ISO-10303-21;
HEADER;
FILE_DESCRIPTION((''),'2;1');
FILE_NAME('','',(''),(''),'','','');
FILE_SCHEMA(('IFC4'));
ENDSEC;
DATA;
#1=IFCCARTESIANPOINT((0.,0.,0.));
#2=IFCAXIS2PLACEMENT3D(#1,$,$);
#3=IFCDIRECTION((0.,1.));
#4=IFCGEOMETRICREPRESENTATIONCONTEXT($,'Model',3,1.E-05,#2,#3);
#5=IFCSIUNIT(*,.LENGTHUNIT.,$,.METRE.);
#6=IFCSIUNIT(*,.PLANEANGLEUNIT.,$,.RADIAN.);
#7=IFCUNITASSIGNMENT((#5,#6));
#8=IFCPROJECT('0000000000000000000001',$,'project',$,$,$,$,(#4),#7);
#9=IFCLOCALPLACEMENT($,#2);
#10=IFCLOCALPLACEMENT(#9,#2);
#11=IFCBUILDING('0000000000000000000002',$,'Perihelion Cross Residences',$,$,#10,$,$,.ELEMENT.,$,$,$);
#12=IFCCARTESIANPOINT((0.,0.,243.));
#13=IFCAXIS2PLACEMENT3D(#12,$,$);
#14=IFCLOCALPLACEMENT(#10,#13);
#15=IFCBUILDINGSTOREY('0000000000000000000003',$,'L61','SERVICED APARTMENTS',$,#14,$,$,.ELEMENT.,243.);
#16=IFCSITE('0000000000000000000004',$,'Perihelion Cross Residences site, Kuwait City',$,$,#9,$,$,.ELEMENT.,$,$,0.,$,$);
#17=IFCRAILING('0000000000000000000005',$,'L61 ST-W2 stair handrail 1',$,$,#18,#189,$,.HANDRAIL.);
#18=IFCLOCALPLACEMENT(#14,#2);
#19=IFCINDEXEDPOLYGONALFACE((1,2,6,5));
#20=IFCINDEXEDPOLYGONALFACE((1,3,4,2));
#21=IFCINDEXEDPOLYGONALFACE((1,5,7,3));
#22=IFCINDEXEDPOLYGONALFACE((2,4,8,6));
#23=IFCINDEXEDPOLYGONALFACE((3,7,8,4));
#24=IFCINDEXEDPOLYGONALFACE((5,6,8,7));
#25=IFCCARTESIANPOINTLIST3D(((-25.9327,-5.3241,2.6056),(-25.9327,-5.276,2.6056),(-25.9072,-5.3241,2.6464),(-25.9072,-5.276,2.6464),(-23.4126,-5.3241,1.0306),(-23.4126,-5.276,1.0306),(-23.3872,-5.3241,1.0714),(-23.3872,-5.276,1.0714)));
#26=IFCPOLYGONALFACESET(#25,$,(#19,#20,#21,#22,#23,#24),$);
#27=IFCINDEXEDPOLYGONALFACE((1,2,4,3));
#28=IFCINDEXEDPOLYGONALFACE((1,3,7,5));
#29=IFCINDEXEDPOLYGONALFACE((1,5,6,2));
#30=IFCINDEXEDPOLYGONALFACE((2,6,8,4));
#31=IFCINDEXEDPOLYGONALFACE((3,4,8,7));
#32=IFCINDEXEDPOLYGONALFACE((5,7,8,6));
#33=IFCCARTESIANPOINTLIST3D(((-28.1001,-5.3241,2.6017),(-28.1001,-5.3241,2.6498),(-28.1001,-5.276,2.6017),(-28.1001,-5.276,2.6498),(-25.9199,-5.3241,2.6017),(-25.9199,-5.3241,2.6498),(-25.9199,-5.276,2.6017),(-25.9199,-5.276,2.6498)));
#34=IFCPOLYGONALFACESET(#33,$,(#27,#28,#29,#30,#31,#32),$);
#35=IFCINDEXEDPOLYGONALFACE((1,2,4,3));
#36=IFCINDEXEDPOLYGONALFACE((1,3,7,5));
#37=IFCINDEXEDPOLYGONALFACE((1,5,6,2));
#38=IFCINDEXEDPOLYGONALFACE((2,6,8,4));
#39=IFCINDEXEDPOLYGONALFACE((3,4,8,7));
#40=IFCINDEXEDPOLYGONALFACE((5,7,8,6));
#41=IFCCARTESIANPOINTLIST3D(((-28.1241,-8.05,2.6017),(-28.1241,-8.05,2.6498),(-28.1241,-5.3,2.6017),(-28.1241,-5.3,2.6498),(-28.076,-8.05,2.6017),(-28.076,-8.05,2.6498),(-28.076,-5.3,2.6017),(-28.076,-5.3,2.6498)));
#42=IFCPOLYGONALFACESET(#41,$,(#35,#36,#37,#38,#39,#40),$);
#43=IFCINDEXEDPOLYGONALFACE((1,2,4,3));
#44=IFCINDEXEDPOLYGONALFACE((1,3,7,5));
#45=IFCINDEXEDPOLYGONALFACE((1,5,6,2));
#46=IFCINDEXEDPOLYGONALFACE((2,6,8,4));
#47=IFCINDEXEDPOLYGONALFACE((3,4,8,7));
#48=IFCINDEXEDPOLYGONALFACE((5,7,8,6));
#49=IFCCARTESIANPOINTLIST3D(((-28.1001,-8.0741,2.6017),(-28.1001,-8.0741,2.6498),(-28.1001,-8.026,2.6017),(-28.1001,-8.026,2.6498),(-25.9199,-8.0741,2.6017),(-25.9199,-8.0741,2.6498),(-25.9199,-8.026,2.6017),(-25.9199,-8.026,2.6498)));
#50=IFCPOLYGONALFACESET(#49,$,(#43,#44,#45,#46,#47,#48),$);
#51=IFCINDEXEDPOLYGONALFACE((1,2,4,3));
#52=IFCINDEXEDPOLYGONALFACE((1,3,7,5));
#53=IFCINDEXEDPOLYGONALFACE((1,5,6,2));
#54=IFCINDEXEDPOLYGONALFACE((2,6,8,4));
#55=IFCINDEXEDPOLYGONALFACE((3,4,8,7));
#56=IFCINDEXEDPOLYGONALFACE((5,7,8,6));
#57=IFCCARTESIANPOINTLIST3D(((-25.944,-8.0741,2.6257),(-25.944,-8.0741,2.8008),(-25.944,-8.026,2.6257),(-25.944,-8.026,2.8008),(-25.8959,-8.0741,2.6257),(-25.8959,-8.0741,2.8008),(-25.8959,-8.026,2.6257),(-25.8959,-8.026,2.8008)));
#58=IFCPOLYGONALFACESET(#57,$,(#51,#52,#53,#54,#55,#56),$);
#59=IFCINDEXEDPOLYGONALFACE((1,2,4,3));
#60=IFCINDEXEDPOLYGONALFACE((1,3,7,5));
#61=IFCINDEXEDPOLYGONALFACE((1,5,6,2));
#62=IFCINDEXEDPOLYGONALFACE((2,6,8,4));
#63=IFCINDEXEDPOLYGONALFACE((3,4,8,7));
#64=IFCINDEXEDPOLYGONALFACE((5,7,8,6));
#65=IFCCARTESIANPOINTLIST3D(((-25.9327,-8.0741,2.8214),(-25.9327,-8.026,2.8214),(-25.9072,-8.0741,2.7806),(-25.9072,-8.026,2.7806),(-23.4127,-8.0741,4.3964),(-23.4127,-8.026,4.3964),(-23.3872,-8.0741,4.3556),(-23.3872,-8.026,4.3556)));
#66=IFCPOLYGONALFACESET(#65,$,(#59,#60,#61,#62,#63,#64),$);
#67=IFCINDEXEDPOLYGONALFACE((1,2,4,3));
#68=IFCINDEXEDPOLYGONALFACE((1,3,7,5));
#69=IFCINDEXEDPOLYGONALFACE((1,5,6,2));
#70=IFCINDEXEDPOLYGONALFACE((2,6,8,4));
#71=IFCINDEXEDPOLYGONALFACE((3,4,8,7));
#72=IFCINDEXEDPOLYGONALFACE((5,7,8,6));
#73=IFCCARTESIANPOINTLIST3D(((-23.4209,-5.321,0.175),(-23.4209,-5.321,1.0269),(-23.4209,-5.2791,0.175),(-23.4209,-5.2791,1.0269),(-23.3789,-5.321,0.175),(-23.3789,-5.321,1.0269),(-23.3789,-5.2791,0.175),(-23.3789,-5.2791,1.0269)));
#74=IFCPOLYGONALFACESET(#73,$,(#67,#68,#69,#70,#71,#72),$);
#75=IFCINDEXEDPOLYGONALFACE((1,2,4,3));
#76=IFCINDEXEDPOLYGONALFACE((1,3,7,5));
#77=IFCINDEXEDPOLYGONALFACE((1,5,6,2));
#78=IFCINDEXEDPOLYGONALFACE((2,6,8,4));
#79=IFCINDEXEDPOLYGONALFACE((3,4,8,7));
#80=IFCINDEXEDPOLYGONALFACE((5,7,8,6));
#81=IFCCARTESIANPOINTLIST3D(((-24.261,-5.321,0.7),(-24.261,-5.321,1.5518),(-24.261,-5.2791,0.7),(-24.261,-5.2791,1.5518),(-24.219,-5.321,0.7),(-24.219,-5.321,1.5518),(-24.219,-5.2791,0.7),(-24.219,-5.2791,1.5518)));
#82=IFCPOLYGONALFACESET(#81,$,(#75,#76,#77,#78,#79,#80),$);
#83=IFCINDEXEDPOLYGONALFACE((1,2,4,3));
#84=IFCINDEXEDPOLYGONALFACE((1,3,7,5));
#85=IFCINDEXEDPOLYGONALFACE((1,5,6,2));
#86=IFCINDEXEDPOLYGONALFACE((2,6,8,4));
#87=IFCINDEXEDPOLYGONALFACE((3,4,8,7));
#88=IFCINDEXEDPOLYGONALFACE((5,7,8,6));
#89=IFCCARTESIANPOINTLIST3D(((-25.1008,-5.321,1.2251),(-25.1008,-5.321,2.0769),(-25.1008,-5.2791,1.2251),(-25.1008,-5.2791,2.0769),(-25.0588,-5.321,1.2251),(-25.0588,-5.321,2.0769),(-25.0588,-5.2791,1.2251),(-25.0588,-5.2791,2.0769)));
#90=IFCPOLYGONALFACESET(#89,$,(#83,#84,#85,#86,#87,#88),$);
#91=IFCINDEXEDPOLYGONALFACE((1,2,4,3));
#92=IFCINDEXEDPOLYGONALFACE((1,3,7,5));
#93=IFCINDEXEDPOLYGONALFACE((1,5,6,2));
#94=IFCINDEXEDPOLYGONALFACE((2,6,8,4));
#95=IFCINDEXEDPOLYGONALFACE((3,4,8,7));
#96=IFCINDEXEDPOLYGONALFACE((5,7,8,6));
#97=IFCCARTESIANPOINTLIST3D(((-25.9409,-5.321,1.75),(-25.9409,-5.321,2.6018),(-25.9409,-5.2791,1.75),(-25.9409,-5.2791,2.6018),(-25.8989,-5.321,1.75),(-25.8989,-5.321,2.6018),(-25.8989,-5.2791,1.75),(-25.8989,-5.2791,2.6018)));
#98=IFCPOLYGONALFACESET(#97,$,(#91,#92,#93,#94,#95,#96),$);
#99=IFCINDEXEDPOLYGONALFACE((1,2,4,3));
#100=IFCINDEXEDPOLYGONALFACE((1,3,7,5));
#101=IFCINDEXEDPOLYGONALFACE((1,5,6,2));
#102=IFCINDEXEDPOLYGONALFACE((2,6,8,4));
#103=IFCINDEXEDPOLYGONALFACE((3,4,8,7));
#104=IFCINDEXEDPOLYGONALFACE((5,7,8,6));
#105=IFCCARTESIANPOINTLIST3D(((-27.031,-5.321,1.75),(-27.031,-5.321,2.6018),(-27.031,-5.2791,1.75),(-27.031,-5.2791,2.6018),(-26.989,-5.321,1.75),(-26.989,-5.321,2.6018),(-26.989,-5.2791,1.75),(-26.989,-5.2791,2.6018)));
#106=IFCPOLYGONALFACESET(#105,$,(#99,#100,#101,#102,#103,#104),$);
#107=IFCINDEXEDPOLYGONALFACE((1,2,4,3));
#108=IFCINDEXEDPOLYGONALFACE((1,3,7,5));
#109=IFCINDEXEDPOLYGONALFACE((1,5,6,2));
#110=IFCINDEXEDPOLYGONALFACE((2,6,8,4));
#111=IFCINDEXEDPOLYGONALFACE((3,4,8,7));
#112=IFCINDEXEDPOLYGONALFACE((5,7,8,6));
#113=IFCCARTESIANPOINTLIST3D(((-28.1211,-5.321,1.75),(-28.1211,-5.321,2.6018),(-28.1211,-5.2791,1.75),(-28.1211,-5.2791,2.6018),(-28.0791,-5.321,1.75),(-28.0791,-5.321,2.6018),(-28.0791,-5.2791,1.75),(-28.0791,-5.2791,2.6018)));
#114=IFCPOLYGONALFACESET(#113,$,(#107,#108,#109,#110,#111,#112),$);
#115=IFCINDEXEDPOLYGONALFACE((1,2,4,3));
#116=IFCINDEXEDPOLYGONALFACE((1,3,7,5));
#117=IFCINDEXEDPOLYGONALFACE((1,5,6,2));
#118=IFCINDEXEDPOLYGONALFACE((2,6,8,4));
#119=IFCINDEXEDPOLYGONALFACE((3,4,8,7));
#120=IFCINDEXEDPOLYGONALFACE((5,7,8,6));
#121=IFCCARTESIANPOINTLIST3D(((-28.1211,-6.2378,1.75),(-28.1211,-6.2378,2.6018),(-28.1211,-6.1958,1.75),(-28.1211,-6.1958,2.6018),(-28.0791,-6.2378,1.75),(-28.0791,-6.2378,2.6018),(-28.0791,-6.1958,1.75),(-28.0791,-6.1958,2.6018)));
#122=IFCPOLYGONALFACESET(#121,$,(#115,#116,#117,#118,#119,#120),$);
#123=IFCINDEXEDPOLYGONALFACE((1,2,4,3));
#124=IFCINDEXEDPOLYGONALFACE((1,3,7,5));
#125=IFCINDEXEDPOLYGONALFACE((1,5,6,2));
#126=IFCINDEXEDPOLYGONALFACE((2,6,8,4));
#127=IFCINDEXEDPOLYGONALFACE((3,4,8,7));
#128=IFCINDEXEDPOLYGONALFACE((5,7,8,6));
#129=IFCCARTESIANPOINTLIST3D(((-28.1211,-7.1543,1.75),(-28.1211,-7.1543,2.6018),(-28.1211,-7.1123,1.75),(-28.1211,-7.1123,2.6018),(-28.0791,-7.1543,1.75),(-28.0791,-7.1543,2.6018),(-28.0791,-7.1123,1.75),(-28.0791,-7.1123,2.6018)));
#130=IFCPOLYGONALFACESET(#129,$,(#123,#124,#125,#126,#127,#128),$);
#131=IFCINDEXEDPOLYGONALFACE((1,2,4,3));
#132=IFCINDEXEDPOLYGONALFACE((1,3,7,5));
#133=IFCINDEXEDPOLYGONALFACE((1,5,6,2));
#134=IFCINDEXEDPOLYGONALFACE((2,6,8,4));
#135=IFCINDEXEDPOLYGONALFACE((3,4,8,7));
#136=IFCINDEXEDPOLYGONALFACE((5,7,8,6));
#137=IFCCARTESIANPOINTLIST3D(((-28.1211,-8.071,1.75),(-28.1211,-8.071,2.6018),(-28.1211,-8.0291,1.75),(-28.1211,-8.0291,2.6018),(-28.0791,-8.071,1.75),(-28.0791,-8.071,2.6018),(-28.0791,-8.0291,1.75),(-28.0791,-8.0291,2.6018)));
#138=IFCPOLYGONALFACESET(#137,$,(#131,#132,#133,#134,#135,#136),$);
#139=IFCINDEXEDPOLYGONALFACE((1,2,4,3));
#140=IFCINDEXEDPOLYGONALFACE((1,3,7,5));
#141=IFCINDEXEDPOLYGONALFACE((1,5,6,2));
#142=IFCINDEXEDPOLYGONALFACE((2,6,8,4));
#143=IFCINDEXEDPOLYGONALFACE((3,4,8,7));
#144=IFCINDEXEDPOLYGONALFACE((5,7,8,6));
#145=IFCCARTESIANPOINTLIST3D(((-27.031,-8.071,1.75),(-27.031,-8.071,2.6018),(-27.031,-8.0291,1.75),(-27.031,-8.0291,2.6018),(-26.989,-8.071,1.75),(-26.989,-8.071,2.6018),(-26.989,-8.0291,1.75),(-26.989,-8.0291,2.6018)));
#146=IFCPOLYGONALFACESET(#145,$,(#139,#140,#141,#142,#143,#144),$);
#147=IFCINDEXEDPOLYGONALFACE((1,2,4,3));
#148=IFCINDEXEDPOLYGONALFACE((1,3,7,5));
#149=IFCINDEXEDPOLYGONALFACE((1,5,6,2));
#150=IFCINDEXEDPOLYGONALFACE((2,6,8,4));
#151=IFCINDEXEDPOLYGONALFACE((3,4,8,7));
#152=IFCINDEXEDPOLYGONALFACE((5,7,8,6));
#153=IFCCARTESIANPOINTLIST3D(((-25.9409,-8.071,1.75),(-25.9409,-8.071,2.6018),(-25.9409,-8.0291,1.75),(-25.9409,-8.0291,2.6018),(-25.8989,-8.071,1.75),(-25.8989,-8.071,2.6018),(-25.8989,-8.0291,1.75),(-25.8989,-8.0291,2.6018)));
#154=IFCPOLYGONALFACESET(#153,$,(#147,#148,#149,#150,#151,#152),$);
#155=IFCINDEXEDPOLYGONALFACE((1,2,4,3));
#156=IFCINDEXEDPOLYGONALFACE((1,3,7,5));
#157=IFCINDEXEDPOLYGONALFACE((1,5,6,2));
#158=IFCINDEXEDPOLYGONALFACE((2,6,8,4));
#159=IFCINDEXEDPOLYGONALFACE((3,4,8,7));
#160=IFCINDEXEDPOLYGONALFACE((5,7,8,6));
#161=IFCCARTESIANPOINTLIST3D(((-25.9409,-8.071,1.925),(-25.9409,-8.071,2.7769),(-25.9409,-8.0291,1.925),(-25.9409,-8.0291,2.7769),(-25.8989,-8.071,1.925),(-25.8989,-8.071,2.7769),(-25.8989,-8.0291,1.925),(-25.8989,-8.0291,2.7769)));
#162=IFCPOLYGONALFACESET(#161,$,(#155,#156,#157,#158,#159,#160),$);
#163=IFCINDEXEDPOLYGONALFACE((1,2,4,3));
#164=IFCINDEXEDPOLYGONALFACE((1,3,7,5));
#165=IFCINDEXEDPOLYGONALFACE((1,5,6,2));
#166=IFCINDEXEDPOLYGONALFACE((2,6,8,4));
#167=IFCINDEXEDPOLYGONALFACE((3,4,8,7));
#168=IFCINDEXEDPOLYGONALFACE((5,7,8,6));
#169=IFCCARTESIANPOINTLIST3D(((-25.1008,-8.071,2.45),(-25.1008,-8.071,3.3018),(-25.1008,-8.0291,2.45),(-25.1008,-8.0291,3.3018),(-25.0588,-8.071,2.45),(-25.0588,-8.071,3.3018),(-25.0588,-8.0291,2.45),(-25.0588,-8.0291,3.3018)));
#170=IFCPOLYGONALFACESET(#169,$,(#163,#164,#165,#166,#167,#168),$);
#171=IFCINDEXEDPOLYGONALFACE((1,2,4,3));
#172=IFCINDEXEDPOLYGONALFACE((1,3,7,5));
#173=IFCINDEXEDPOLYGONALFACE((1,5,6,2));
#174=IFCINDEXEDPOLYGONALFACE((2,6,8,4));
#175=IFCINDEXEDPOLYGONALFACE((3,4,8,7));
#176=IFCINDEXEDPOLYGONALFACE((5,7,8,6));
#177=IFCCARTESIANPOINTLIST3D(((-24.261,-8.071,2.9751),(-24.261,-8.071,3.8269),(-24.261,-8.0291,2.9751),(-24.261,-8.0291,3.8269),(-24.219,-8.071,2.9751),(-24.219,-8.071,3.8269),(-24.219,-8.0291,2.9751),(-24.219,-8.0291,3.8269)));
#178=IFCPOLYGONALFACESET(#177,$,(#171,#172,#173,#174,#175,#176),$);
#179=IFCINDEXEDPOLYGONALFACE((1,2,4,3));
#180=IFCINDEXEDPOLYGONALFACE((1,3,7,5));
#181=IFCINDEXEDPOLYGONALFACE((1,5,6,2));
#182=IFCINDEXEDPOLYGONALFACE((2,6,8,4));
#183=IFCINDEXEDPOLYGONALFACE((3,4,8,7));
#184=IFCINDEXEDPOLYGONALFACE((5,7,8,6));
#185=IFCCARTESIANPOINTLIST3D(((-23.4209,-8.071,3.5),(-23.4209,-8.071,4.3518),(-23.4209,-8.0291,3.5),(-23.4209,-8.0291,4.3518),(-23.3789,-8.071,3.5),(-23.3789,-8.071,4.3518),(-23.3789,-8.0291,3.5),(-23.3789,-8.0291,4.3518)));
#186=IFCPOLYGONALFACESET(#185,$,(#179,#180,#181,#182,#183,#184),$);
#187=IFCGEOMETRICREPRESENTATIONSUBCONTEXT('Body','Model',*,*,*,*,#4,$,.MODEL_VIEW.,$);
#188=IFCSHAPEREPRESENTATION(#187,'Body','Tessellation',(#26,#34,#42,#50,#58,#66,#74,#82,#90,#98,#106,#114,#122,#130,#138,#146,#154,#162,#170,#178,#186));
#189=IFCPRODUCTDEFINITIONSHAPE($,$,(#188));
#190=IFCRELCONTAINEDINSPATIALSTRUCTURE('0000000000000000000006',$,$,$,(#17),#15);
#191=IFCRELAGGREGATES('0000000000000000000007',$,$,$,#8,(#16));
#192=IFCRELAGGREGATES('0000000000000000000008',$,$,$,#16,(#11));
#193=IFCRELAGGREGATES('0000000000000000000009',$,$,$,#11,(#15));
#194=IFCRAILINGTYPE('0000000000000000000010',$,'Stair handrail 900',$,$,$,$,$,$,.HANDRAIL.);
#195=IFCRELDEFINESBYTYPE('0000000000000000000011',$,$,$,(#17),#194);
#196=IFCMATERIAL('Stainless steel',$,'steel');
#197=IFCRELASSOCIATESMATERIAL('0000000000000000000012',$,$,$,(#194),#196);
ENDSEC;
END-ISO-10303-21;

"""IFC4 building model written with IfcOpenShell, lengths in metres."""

from ifc_helpers import new_model, si_unit, direction, frame, origin, origin_2d, place, context, subcontext, project, spatial, rectangle, extrude, material, type_object, element, save


model = new_model("IFC4")

# Units and contexts
model_context = context("Model", 3, precision=1e-05, world=origin(), true_north=direction((0.0, 1.0)))
body_context = subcontext(model_context, "Body", "Model", "MODEL_VIEW")
ifc_project = project(units=[si_unit("LENGTHUNIT", "METRE"), si_unit("PLANEANGLEUNIT", "RADIAN")], contexts=[model_context])

# Site, building, storey
site_placement = place(None, origin())
site = spatial("IfcSite", under=ifc_project, at=site_placement, Name="Perihelion Cross Residences site, Kuwait City", CompositionType="ELEMENT", RefElevation=0.0)
building_placement = place(site_placement, origin())
building = spatial("IfcBuilding", under=site, at=building_placement, Name="Perihelion Cross Residences", CompositionType="ELEMENT")
storey_placement = place(building_placement, frame((0.0, 0.0, 243.0)))
storey = spatial("IfcBuildingStorey", under=building, at=storey_placement, Name="L61", Description="SERVICED APARTMENTS", CompositionType="ELEMENT", Elevation=243.0)

# Railing
ifc_material_1 = material(Name="Stainless steel", Category="steel")
railing_type_1 = type_object("IfcRailingType", Name="Stair handrail 900", PredefinedType="HANDRAIL", material=ifc_material_1)
railing_1_placement = place(storey_placement, frame((-23.3999, -5.3, 0.175)))
element("IfcRailing", 1, at=railing_1_placement, inside=storey, type_object=railing_type_1, Name="L61 ST-W2 stair handrail 1", PredefinedType="HANDRAIL", context=body_context, shape_type="SweptSolid", body=[
    extrude(rectangle(XDim=0.0481, YDim=0.0481, at=origin_2d()), frame((0.0, 0.0, 0.876), z_axis=(-0.848008, 0.0, 0.529984), x_axis=(0.0, -1.0, 0.0)), (0.0, 0.0, 1.0), 2.9717),
    extrude(rectangle(XDim=0.0481, YDim=0.0481, at=origin_2d()), frame((-2.52, 0.0, 2.4507), z_axis=(-1.0, 0.0, 0.0), x_axis=(0.0, -1.0, 0.0)), (0.0, 0.0, 1.0), 2.1802),
    extrude(rectangle(XDim=0.0481, YDim=0.0481, at=origin_2d()), frame((-4.7002, 0.0, 2.4507), z_axis=(0.0, -1.0, 0.0), x_axis=(1.0, 0.0, 0.0)), (0.0, 0.0, 1.0), 2.75),
    extrude(rectangle(XDim=0.0481, YDim=0.0481, at=origin_2d()), frame((-4.7002, -2.75, 2.4507), z_axis=(1.0, 0.0, 0.0), x_axis=(0.0, 1.0, 0.0)), (0.0, 0.0, 1.0), 2.1802),
    extrude(rectangle(XDim=0.0481, YDim=0.0481, at=origin_2d()), frame((-2.52, -2.75, 2.4507), z_axis=(0.0, 0.0, 1.0), x_axis=(1.0, 0.0, 0.0)), (0.0, 0.0, 1.0), 0.175),
    extrude(rectangle(XDim=0.0481, YDim=0.0481, at=origin_2d()), frame((-2.52, -2.75, 2.626), z_axis=(0.848008, 0.0, 0.529984), x_axis=(0.0, 1.0, 0.0)), (0.0, 0.0, 1.0), 2.9717),
    extrude(rectangle(XDim=0.042, YDim=0.042, at=origin_2d()), origin(), (0.0, 0.0, 1.0), 0.8518),
    extrude(rectangle(XDim=0.042, YDim=0.042, at=origin_2d()), frame((-0.8401, 0.0, 0.5249)), (0.0, 0.0, 1.0), 0.8518),
    extrude(rectangle(XDim=0.042, YDim=0.042, at=origin_2d()), frame((-1.6799, 0.0, 1.05)), (0.0, 0.0, 1.0), 0.8518),
    extrude(rectangle(XDim=0.042, YDim=0.042, at=origin_2d()), frame((-2.52, 0.0, 1.575)), (0.0, 0.0, 1.0), 0.8518),
    extrude(rectangle(XDim=0.042, YDim=0.042, at=origin_2d()), frame((-3.6101, 0.0, 1.575)), (0.0, 0.0, 1.0), 0.8518),
    extrude(rectangle(XDim=0.042, YDim=0.042, at=origin_2d()), frame((-4.7002, 0.0, 1.575)), (0.0, 0.0, 1.0), 0.8518),
    extrude(rectangle(XDim=0.042, YDim=0.042, at=origin_2d()), frame((-4.7002, -0.9167, 1.575)), (0.0, 0.0, 1.0), 0.8518),
    extrude(rectangle(XDim=0.042, YDim=0.042, at=origin_2d()), frame((-4.7002, -1.8333, 1.575)), (0.0, 0.0, 1.0), 0.8518),
    extrude(rectangle(XDim=0.042, YDim=0.042, at=origin_2d()), frame((-4.7002, -2.75, 1.575)), (0.0, 0.0, 1.0), 0.8518),
    extrude(rectangle(XDim=0.042, YDim=0.042, at=origin_2d()), frame((-3.6101, -2.75, 1.575)), (0.0, 0.0, 1.0), 0.8518),
    extrude(rectangle(XDim=0.042, YDim=0.042, at=origin_2d()), frame((-2.52, -2.75, 1.575)), (0.0, 0.0, 1.0), 0.8518),
    extrude(rectangle(XDim=0.042, YDim=0.042, at=origin_2d()), frame((-2.52, -2.75, 1.75)), (0.0, 0.0, 1.0), 0.8518),
    extrude(rectangle(XDim=0.042, YDim=0.042, at=origin_2d()), frame((-1.6799, -2.75, 2.2749)), (0.0, 0.0, 1.0), 0.8518),
    extrude(rectangle(XDim=0.042, YDim=0.042, at=origin_2d()), frame((-0.8401, -2.75, 2.8)), (0.0, 0.0, 1.0), 0.8518),
    extrude(rectangle(XDim=0.042, YDim=0.042, at=origin_2d()), frame((0.0, -2.75, 3.325)), (0.0, 0.0, 1.0), 0.8518),
])

save(model, "model.ifc")
